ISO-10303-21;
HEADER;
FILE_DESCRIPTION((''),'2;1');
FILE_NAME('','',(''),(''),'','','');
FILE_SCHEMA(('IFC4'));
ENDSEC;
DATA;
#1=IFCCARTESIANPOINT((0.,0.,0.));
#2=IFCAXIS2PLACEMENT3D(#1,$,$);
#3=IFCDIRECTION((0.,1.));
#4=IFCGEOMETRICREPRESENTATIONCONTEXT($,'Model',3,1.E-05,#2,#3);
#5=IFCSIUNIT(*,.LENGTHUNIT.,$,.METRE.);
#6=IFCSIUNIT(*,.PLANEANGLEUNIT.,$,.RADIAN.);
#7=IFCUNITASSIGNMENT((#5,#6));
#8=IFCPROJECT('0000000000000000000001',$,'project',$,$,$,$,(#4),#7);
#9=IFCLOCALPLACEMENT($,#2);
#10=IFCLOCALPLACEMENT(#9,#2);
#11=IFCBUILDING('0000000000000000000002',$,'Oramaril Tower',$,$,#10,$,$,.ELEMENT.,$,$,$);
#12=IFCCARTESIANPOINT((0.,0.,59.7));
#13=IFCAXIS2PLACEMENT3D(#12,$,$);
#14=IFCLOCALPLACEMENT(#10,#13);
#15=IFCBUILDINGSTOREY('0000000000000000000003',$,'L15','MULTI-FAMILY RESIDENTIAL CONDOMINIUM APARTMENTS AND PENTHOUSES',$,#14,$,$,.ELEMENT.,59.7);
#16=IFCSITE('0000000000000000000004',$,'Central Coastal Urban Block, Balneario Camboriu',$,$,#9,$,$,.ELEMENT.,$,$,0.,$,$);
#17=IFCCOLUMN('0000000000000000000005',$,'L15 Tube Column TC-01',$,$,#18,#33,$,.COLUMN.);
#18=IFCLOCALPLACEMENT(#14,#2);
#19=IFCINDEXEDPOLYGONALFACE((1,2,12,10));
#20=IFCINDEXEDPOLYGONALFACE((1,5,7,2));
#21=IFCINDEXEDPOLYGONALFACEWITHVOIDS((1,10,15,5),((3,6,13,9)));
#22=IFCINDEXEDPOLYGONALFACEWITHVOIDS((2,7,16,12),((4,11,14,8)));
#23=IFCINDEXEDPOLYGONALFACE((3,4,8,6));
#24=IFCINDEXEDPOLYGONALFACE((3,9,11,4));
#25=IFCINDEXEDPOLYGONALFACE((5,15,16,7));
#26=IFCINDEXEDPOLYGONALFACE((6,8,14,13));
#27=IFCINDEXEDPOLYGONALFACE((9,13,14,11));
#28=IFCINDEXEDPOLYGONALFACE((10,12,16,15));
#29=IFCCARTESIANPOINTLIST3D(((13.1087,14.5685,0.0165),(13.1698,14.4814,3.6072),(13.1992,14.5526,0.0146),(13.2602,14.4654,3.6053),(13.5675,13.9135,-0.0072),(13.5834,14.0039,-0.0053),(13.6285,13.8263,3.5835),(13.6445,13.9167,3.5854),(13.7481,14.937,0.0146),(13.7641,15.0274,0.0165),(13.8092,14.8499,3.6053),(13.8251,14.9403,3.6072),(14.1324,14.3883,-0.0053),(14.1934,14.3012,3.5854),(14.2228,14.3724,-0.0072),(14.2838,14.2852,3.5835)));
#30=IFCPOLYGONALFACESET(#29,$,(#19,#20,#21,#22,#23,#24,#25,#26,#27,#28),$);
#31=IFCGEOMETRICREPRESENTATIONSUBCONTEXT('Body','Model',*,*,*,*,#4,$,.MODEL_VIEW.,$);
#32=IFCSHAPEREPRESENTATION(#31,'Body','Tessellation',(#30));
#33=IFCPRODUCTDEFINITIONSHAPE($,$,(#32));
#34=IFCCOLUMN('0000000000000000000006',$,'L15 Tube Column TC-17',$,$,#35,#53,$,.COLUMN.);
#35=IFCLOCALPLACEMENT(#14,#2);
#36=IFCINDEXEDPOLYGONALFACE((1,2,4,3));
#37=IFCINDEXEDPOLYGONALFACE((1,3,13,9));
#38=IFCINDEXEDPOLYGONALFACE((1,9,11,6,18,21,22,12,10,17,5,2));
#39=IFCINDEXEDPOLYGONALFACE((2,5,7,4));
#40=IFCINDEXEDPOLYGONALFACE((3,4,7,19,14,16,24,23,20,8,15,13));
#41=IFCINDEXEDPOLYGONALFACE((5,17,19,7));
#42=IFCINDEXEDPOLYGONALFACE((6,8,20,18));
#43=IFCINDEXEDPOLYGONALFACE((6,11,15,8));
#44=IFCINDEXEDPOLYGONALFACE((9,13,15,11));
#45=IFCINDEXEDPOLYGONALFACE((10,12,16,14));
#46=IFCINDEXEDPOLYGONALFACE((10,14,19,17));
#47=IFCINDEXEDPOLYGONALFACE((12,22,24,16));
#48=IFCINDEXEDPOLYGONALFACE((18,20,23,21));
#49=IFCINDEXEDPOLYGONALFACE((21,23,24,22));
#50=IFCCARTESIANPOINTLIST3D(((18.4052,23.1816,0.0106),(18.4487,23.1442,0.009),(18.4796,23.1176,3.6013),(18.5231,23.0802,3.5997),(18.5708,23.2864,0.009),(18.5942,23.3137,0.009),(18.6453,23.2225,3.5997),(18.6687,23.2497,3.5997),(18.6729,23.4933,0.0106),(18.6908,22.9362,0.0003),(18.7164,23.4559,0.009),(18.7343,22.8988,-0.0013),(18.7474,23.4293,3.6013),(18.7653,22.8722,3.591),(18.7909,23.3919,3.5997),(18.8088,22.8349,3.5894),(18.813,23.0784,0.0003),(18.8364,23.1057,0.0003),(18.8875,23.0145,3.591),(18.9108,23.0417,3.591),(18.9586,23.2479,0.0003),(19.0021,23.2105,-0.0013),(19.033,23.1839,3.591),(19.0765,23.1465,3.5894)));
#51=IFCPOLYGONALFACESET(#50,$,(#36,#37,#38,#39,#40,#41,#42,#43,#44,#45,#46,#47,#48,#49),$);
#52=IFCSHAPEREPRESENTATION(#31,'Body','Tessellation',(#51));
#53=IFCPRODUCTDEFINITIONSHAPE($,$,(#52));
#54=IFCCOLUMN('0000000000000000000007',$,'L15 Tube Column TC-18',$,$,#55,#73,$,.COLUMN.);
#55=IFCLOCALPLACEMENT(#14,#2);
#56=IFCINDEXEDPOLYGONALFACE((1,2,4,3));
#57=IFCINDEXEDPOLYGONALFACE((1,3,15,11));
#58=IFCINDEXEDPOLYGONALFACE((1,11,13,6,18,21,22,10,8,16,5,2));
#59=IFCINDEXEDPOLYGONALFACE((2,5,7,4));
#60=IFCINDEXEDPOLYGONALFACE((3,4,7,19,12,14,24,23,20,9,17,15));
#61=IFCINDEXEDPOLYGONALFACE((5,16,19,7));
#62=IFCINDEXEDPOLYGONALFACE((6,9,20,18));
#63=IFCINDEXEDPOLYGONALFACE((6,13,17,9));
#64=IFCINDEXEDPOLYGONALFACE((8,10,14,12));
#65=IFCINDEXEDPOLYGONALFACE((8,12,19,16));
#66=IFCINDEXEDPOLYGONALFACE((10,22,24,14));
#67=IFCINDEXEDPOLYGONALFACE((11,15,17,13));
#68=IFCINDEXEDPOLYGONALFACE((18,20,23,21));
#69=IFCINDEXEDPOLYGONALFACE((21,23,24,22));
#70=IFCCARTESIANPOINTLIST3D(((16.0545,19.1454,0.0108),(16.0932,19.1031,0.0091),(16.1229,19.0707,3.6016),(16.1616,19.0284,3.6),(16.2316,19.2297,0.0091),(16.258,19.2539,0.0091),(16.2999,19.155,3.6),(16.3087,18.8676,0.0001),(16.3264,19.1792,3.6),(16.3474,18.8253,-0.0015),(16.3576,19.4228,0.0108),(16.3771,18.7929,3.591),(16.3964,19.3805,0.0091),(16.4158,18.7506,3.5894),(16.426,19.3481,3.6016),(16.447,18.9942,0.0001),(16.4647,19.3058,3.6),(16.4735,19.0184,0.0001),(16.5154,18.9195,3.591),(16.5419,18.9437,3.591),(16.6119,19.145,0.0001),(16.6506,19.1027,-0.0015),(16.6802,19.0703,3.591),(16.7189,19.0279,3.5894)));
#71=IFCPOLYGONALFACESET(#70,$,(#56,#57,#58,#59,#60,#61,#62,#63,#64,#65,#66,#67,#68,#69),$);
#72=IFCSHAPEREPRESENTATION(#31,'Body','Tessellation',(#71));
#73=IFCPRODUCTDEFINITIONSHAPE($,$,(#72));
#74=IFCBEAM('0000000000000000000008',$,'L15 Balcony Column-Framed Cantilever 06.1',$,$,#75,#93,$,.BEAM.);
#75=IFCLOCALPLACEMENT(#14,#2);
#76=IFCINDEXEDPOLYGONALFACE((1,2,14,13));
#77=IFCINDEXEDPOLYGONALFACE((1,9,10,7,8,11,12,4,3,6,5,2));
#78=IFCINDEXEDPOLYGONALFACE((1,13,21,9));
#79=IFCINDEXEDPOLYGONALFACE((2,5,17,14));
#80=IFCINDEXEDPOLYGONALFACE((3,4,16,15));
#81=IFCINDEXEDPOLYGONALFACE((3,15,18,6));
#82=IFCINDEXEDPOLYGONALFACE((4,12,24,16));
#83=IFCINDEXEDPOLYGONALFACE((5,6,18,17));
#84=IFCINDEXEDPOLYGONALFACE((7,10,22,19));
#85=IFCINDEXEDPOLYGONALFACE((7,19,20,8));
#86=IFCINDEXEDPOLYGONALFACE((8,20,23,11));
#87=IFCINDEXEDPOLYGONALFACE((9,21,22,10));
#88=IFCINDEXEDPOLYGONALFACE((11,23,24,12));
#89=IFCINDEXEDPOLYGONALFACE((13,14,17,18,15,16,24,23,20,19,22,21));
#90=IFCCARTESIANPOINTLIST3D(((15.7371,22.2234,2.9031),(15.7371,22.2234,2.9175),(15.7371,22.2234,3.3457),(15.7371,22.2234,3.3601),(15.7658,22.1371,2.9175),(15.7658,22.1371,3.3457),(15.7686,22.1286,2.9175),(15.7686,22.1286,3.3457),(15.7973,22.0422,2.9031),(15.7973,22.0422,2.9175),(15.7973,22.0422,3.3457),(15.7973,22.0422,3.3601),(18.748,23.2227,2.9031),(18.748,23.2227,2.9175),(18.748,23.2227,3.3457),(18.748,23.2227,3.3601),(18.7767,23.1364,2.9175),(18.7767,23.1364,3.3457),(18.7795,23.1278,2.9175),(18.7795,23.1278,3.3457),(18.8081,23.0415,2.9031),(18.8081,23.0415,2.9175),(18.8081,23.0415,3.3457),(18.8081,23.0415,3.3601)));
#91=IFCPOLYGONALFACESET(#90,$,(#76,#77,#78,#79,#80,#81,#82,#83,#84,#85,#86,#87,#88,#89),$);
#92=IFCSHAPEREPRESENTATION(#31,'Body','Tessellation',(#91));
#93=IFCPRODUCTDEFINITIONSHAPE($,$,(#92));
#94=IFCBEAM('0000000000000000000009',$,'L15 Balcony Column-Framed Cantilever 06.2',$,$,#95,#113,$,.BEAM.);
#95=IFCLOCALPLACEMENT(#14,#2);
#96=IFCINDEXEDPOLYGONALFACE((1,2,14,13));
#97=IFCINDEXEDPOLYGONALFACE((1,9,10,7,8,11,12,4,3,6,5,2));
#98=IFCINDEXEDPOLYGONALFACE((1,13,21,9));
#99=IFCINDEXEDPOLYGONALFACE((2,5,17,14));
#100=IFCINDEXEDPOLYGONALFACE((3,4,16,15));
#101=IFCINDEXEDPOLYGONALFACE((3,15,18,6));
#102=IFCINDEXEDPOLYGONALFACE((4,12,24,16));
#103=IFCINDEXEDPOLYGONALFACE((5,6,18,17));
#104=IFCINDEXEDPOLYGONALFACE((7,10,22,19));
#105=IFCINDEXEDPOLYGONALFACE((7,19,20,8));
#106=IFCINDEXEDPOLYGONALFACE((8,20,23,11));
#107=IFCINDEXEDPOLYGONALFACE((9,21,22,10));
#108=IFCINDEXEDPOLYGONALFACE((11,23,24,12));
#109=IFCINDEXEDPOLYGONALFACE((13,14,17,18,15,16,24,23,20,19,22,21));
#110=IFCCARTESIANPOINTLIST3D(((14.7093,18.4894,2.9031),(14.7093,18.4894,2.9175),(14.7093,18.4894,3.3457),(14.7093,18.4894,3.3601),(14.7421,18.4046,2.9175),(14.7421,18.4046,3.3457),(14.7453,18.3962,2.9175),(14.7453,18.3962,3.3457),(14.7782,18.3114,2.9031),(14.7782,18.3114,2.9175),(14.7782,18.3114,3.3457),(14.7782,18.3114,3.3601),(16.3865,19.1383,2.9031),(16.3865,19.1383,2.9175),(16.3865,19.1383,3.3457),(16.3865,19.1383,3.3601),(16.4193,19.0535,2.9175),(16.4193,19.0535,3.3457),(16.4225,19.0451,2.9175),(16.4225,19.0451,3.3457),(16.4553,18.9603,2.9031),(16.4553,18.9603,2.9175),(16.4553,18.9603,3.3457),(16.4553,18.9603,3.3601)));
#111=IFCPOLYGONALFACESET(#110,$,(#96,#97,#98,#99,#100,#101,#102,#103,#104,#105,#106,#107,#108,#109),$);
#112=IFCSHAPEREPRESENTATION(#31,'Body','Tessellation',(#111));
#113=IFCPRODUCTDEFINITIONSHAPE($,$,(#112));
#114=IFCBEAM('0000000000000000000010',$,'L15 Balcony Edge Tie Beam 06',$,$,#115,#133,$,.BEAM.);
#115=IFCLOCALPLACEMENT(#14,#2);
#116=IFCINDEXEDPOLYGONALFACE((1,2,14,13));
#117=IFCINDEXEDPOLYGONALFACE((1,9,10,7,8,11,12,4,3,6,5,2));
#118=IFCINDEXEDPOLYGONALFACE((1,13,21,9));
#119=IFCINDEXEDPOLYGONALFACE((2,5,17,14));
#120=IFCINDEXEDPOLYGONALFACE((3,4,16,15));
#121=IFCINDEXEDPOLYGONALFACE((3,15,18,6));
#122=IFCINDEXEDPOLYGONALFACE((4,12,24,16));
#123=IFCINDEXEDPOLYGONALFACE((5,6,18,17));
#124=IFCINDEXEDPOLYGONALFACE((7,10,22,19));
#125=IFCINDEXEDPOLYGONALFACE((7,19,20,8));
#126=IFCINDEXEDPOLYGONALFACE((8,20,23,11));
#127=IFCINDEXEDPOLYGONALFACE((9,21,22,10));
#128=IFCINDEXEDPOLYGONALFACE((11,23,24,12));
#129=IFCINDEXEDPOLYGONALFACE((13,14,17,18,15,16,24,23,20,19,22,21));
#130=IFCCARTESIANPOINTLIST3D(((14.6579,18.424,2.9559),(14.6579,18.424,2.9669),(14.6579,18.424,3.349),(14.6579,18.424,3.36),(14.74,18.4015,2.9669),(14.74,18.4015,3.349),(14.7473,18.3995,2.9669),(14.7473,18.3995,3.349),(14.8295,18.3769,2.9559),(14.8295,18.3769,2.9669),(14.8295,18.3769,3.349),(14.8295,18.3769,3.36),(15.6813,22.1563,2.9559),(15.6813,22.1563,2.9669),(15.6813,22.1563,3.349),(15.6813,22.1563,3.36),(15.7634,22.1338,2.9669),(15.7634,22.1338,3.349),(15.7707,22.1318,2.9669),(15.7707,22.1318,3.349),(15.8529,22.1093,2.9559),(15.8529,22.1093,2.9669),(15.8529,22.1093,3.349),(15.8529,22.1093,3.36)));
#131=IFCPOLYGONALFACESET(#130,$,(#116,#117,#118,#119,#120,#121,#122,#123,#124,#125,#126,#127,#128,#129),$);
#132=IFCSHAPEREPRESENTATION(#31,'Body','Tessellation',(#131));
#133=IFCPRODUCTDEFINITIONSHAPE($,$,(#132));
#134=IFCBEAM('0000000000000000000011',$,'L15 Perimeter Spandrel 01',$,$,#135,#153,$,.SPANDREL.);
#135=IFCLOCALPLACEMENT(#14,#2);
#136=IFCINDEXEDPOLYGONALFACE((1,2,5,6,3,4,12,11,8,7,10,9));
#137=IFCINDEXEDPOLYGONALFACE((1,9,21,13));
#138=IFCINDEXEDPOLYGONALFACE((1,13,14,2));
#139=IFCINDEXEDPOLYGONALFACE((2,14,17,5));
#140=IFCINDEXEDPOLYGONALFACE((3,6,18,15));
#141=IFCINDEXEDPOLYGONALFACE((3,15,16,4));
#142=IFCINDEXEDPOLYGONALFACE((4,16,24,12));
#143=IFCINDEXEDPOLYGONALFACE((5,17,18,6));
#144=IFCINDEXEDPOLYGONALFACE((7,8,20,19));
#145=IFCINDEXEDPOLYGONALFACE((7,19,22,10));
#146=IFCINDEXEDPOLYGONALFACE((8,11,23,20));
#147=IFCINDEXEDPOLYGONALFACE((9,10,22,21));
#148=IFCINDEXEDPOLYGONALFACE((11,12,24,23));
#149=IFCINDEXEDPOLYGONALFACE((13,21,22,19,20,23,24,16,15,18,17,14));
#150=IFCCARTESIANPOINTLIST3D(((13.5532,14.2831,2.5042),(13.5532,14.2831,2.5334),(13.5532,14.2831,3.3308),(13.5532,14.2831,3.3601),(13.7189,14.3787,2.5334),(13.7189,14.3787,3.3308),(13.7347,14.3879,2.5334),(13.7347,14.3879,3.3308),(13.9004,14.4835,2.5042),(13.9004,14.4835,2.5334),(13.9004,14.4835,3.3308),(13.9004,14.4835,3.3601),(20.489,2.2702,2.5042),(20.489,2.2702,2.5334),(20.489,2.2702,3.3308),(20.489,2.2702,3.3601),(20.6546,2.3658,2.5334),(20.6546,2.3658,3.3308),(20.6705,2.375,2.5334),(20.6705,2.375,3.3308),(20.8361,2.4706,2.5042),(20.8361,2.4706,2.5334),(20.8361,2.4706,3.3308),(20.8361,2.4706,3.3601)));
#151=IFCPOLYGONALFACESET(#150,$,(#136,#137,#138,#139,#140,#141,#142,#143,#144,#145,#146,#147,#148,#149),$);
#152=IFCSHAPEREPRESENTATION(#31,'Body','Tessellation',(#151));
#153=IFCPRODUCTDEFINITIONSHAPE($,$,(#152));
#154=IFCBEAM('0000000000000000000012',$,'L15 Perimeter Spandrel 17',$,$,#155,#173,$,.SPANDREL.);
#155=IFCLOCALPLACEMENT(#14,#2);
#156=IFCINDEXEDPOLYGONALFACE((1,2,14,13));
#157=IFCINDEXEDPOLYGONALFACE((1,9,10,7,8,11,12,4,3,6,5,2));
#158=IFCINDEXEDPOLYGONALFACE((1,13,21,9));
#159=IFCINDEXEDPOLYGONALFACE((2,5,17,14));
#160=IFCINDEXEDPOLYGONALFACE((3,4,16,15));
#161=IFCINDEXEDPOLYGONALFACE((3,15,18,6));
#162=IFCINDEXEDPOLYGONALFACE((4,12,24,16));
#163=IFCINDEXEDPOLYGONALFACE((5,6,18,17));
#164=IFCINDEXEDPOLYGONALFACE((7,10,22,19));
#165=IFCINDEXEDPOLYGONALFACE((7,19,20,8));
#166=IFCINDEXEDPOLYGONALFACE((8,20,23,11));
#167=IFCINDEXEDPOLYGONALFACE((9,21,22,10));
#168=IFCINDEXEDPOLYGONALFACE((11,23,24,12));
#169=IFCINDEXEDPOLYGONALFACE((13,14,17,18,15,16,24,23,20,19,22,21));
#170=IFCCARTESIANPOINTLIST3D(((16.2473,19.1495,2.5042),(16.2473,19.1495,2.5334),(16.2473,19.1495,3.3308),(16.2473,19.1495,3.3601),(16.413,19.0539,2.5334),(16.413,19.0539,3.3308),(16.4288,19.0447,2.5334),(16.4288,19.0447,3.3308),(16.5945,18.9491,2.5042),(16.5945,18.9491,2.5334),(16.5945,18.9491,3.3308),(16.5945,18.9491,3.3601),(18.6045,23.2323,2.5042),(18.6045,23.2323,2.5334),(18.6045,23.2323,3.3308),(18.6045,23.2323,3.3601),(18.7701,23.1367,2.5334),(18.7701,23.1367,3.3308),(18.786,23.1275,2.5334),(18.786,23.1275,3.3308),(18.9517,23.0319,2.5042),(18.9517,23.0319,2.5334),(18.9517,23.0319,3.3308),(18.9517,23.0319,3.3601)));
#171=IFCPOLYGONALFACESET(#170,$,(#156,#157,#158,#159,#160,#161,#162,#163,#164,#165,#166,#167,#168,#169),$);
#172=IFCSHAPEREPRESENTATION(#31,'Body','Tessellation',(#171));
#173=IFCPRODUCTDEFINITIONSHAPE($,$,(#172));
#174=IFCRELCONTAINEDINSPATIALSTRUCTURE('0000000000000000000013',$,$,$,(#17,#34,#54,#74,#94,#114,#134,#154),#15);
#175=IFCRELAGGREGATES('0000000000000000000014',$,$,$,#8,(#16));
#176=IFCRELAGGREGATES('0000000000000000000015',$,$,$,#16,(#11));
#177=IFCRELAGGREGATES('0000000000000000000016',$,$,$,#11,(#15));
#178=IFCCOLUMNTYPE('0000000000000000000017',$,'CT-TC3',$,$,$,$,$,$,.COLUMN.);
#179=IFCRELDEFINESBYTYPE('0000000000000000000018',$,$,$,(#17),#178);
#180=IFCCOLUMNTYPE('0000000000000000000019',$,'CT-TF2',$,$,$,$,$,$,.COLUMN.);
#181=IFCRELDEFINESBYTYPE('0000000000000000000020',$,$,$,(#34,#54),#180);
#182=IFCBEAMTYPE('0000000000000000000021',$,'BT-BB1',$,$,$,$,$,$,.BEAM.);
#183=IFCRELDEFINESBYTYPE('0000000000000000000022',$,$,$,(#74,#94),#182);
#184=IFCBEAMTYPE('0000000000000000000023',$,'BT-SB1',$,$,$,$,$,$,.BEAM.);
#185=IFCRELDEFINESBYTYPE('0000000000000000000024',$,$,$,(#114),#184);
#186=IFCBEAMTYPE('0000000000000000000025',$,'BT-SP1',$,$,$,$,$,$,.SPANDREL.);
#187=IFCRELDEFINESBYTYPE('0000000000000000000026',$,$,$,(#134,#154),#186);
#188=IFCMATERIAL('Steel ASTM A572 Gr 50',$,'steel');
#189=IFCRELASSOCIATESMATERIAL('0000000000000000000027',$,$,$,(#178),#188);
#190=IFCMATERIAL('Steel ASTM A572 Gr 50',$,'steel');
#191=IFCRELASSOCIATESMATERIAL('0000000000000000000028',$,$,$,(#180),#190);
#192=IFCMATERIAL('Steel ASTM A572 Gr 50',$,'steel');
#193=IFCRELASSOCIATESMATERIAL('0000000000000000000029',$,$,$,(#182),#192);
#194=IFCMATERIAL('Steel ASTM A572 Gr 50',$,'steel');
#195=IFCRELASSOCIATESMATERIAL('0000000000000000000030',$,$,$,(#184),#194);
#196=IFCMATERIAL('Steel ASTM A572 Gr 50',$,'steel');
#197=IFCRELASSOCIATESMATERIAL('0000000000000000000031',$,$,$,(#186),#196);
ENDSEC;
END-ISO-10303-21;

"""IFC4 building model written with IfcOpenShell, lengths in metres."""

from ifc_helpers import new_model, si_unit, direction, frame, origin, origin_2d, place, context, subcontext, project, spatial, hollow_rectangle, i_section, extrude, material, material_profile, profile_set, type_object, element, save


model = new_model("IFC4")

# Units and contexts
model_context = context("Model", 3, precision=1e-05, world=origin(), true_north=direction((0.0, 1.0)))
body_context = subcontext(model_context, "Body", "Model", "MODEL_VIEW")
ifc_project = project(units=[si_unit("LENGTHUNIT", "METRE"), si_unit("PLANEANGLEUNIT", "RADIAN")], contexts=[model_context])

# Site, building, storey
site_placement = place(None, origin())
site = spatial("IfcSite", under=ifc_project, at=site_placement, Name="Central Coastal Urban Block, Balneario Camboriu", CompositionType="ELEMENT", RefElevation=0.0)
building_placement = place(site_placement, origin())
building = spatial("IfcBuilding", under=site, at=building_placement, Name="Oramaril Tower", CompositionType="ELEMENT")
storey_placement = place(building_placement, frame((0.0, 0.0, 59.7)))
storey = spatial("IfcBuildingStorey", under=building, at=storey_placement, Name="L15", Description="MULTI-FAMILY RESIDENTIAL CONDOMINIUM APARTMENTS AND PENTHOUSES", CompositionType="ELEMENT", Elevation=59.7)

# Columns
ifc_material_1 = material(Name="Steel ASTM A572 Gr 50", Category="steel")
ifc_material_profile_1 = material_profile(ifc_material_1, hollow_rectangle(XDim=0.8, YDim=0.8, WallThickness=0.0649, at=origin_2d()), Name="BOX800X800X65")
ifc_profile_set_1 = profile_set([ifc_material_profile_1], Name="Steel ASTM A572 Gr 50")
column_type_1 = type_object("IfcColumnType", Name="CT-TC3", PredefinedType="COLUMN", material=ifc_profile_set_1)
column_1_placement = place(storey_placement, frame((13.6658, 14.4705, 0.0046), z_axis=(0.01699, -0.024262, 0.999561), x_axis=(0.819124, 0.573616, 0.0)))
element("IfcColumn", 1, at=column_1_placement, inside=storey, type_object=column_type_1, Name="L15 Tube Column TC-01", PredefinedType="COLUMN", context=body_context, shape_type="SweptSolid", body=[
    extrude(hollow_rectangle(XDim=0.8, YDim=0.8, WallThickness=0.0649, at=origin_2d()), origin(), (0.0, 0.0, 1.0), 3.5923),
])
ifc_material_2 = material(Name="Steel ASTM A572 Gr 50", Category="steel")
ifc_material_profile_2 = material_profile(ifc_material_2, i_section(OverallWidth=0.4109, OverallDepth=0.4341, WebThickness=0.0359, FlangeThickness=0.0574, at=origin_2d()), Name="W14X311")
ifc_profile_set_2 = profile_set([ifc_material_profile_2], Name="Steel ASTM A572 Gr 50")
column_type_2 = type_object("IfcColumnType", Name="CT-TF2", PredefinedType="COLUMN", material=ifc_profile_set_2)
column_2_placement = place(storey_placement, frame((18.7036, 23.196, 0.0046), z_axis=(0.020729, -0.017807, 0.999627), x_axis=(0.65161, 0.758554, 0.0)))
element("IfcColumn", 2, at=column_2_placement, inside=storey, type_object=column_type_2, Name="L15 Tube Column TC-17", PredefinedType="COLUMN", context=body_context, shape_type="SweptSolid", body=[
    extrude(i_section(OverallWidth=0.4109, OverallDepth=0.4341, WebThickness=0.0359, FlangeThickness=0.0574, at=origin_2d()), origin(), (0.0, 0.0, 1.0), 3.592),
])
column_3_placement = place(storey_placement, frame((16.3525, 19.124, 0.0046), z_axis=(0.01903, -0.020797, 0.999603), x_axis=(0.737754, 0.675069, 0.0)))
element("IfcColumn", 3, at=column_3_placement, inside=storey, type_object=column_type_2, Name="L15 Tube Column TC-18", PredefinedType="COLUMN", context=body_context, shape_type="SweptSolid", body=[
    extrude(i_section(OverallWidth=0.4109, OverallDepth=0.4341, WebThickness=0.0359, FlangeThickness=0.0574, at=origin_2d()), origin(), (0.0, 0.0, 1.0), 3.5923),
])

# Beams
ifc_material_3 = material(Name="Steel ASTM A572 Gr 50", Category="steel")
ifc_material_profile_3 = material_profile(ifc_material_3, i_section(OverallWidth=0.1909, OverallDepth=0.457, WebThickness=0.009, FlangeThickness=0.0144, at=origin_2d()), Name="W18X50")
ifc_profile_set_3 = profile_set([ifc_material_profile_3], Name="Steel ASTM A572 Gr 50")
beam_type_1 = type_object("IfcBeamType", Name="BT-BB1", PredefinedType="BEAM", material=ifc_profile_set_3)
beam_1_placement = place(storey_placement, frame((18.7781, 23.1321, 3.1316), z_axis=(-0.949098, -0.314981, 0.0), x_axis=(0.314981, -0.949098, 0.0)))
element("IfcBeam", 4, at=beam_1_placement, inside=storey, type_object=beam_type_1, Name="L15 Balcony Column-Framed Cantilever 06.1", PredefinedType="BEAM", context=body_context, shape_type="SweptSolid", body=[
    extrude(i_section(OverallWidth=0.1909, OverallDepth=0.457, WebThickness=0.009, FlangeThickness=0.0144, at=origin_2d()), origin(), (0.0, 0.0, 1.0), 3.1724),
])
beam_2_placement = place(storey_placement, frame((16.4209, 19.0493, 3.1316), z_axis=(-0.93263, -0.360834, 0.0), x_axis=(0.360834, -0.93263, 0.0)))
element("IfcBeam", 5, at=beam_2_placement, inside=storey, type_object=beam_type_1, Name="L15 Balcony Column-Framed Cantilever 06.2", PredefinedType="BEAM", context=body_context, shape_type="SweptSolid", body=[
    extrude(i_section(OverallWidth=0.1909, OverallDepth=0.457, WebThickness=0.009, FlangeThickness=0.0144, at=origin_2d()), origin(), (0.0, 0.0, 1.0), 1.7983),
])
ifc_material_4 = material(Name="Steel ASTM A572 Gr 50", Category="steel")
ifc_material_profile_4 = material_profile(ifc_material_4, i_section(OverallWidth=0.178, OverallDepth=0.4041, WebThickness=0.0076, FlangeThickness=0.011, at=origin_2d()), Name="W16X36")
ifc_profile_set_4 = profile_set([ifc_material_profile_4], Name="Steel ASTM A572 Gr 50")
beam_type_2 = type_object("IfcBeamType", Name="BT-SB1", PredefinedType="BEAM", material=ifc_profile_set_4)
beam_3_placement = place(storey_placement, frame((15.7671, 22.1328, 3.158), z_axis=(-0.264441, -0.964402, 0.0), x_axis=(0.964402, -0.264441, 0.0)))
element("IfcBeam", 6, at=beam_3_placement, inside=storey, type_object=beam_type_2, Name="L15 Balcony Edge Tie Beam 06", PredefinedType="BEAM", context=body_context, shape_type="SweptSolid", body=[
    extrude(i_section(OverallWidth=0.178, OverallDepth=0.4041, WebThickness=0.0076, FlangeThickness=0.011, at=origin_2d()), origin(), (0.0, 0.0, 1.0), 3.8701),
])
ifc_material_5 = material(Name="Steel ASTM A572 Gr 50", Category="steel")
ifc_material_profile_5 = material_profile(ifc_material_5, i_section(OverallWidth=0.4009, OverallDepth=0.856, WebThickness=0.0183, FlangeThickness=0.0293, at=origin_2d()), Name="W33X201")
ifc_profile_set_5 = profile_set([ifc_material_profile_5], Name="Steel ASTM A572 Gr 50")
beam_type_3 = type_object("IfcBeamType", Name="BT-SP1", PredefinedType="SPANDREL", material=ifc_profile_set_5)
beam_4_placement = place(storey_placement, frame((13.7268, 14.3833, 2.9321), z_axis=(0.500006, -0.866022, 0.0), x_axis=(0.866022, 0.500006, 0.0)))
element("IfcBeam", 7, at=beam_4_placement, inside=storey, type_object=beam_type_3, Name="L15 Perimeter Spandrel 01", PredefinedType="SPANDREL", context=body_context, shape_type="SweptSolid", body=[
    extrude(i_section(OverallWidth=0.4009, OverallDepth=0.856, WebThickness=0.0183, FlangeThickness=0.0293, at=origin_2d()), origin(), (0.0, 0.0, 1.0), 13.8713),
])
beam_5_placement = place(storey_placement, frame((18.7781, 23.1321, 2.9321), z_axis=(-0.499999, -0.866026, 0.0), x_axis=(0.866026, -0.499999, 0.0)))
element("IfcBeam", 8, at=beam_5_placement, inside=storey, type_object=beam_type_3, Name="L15 Perimeter Spandrel 17", PredefinedType="SPANDREL", context=body_context, shape_type="SweptSolid", body=[
    extrude(i_section(OverallWidth=0.4009, OverallDepth=0.856, WebThickness=0.0183, FlangeThickness=0.0293, at=origin_2d()), origin(), (0.0, 0.0, 1.0), 4.7144),
])

save(model, "model.ifc")
